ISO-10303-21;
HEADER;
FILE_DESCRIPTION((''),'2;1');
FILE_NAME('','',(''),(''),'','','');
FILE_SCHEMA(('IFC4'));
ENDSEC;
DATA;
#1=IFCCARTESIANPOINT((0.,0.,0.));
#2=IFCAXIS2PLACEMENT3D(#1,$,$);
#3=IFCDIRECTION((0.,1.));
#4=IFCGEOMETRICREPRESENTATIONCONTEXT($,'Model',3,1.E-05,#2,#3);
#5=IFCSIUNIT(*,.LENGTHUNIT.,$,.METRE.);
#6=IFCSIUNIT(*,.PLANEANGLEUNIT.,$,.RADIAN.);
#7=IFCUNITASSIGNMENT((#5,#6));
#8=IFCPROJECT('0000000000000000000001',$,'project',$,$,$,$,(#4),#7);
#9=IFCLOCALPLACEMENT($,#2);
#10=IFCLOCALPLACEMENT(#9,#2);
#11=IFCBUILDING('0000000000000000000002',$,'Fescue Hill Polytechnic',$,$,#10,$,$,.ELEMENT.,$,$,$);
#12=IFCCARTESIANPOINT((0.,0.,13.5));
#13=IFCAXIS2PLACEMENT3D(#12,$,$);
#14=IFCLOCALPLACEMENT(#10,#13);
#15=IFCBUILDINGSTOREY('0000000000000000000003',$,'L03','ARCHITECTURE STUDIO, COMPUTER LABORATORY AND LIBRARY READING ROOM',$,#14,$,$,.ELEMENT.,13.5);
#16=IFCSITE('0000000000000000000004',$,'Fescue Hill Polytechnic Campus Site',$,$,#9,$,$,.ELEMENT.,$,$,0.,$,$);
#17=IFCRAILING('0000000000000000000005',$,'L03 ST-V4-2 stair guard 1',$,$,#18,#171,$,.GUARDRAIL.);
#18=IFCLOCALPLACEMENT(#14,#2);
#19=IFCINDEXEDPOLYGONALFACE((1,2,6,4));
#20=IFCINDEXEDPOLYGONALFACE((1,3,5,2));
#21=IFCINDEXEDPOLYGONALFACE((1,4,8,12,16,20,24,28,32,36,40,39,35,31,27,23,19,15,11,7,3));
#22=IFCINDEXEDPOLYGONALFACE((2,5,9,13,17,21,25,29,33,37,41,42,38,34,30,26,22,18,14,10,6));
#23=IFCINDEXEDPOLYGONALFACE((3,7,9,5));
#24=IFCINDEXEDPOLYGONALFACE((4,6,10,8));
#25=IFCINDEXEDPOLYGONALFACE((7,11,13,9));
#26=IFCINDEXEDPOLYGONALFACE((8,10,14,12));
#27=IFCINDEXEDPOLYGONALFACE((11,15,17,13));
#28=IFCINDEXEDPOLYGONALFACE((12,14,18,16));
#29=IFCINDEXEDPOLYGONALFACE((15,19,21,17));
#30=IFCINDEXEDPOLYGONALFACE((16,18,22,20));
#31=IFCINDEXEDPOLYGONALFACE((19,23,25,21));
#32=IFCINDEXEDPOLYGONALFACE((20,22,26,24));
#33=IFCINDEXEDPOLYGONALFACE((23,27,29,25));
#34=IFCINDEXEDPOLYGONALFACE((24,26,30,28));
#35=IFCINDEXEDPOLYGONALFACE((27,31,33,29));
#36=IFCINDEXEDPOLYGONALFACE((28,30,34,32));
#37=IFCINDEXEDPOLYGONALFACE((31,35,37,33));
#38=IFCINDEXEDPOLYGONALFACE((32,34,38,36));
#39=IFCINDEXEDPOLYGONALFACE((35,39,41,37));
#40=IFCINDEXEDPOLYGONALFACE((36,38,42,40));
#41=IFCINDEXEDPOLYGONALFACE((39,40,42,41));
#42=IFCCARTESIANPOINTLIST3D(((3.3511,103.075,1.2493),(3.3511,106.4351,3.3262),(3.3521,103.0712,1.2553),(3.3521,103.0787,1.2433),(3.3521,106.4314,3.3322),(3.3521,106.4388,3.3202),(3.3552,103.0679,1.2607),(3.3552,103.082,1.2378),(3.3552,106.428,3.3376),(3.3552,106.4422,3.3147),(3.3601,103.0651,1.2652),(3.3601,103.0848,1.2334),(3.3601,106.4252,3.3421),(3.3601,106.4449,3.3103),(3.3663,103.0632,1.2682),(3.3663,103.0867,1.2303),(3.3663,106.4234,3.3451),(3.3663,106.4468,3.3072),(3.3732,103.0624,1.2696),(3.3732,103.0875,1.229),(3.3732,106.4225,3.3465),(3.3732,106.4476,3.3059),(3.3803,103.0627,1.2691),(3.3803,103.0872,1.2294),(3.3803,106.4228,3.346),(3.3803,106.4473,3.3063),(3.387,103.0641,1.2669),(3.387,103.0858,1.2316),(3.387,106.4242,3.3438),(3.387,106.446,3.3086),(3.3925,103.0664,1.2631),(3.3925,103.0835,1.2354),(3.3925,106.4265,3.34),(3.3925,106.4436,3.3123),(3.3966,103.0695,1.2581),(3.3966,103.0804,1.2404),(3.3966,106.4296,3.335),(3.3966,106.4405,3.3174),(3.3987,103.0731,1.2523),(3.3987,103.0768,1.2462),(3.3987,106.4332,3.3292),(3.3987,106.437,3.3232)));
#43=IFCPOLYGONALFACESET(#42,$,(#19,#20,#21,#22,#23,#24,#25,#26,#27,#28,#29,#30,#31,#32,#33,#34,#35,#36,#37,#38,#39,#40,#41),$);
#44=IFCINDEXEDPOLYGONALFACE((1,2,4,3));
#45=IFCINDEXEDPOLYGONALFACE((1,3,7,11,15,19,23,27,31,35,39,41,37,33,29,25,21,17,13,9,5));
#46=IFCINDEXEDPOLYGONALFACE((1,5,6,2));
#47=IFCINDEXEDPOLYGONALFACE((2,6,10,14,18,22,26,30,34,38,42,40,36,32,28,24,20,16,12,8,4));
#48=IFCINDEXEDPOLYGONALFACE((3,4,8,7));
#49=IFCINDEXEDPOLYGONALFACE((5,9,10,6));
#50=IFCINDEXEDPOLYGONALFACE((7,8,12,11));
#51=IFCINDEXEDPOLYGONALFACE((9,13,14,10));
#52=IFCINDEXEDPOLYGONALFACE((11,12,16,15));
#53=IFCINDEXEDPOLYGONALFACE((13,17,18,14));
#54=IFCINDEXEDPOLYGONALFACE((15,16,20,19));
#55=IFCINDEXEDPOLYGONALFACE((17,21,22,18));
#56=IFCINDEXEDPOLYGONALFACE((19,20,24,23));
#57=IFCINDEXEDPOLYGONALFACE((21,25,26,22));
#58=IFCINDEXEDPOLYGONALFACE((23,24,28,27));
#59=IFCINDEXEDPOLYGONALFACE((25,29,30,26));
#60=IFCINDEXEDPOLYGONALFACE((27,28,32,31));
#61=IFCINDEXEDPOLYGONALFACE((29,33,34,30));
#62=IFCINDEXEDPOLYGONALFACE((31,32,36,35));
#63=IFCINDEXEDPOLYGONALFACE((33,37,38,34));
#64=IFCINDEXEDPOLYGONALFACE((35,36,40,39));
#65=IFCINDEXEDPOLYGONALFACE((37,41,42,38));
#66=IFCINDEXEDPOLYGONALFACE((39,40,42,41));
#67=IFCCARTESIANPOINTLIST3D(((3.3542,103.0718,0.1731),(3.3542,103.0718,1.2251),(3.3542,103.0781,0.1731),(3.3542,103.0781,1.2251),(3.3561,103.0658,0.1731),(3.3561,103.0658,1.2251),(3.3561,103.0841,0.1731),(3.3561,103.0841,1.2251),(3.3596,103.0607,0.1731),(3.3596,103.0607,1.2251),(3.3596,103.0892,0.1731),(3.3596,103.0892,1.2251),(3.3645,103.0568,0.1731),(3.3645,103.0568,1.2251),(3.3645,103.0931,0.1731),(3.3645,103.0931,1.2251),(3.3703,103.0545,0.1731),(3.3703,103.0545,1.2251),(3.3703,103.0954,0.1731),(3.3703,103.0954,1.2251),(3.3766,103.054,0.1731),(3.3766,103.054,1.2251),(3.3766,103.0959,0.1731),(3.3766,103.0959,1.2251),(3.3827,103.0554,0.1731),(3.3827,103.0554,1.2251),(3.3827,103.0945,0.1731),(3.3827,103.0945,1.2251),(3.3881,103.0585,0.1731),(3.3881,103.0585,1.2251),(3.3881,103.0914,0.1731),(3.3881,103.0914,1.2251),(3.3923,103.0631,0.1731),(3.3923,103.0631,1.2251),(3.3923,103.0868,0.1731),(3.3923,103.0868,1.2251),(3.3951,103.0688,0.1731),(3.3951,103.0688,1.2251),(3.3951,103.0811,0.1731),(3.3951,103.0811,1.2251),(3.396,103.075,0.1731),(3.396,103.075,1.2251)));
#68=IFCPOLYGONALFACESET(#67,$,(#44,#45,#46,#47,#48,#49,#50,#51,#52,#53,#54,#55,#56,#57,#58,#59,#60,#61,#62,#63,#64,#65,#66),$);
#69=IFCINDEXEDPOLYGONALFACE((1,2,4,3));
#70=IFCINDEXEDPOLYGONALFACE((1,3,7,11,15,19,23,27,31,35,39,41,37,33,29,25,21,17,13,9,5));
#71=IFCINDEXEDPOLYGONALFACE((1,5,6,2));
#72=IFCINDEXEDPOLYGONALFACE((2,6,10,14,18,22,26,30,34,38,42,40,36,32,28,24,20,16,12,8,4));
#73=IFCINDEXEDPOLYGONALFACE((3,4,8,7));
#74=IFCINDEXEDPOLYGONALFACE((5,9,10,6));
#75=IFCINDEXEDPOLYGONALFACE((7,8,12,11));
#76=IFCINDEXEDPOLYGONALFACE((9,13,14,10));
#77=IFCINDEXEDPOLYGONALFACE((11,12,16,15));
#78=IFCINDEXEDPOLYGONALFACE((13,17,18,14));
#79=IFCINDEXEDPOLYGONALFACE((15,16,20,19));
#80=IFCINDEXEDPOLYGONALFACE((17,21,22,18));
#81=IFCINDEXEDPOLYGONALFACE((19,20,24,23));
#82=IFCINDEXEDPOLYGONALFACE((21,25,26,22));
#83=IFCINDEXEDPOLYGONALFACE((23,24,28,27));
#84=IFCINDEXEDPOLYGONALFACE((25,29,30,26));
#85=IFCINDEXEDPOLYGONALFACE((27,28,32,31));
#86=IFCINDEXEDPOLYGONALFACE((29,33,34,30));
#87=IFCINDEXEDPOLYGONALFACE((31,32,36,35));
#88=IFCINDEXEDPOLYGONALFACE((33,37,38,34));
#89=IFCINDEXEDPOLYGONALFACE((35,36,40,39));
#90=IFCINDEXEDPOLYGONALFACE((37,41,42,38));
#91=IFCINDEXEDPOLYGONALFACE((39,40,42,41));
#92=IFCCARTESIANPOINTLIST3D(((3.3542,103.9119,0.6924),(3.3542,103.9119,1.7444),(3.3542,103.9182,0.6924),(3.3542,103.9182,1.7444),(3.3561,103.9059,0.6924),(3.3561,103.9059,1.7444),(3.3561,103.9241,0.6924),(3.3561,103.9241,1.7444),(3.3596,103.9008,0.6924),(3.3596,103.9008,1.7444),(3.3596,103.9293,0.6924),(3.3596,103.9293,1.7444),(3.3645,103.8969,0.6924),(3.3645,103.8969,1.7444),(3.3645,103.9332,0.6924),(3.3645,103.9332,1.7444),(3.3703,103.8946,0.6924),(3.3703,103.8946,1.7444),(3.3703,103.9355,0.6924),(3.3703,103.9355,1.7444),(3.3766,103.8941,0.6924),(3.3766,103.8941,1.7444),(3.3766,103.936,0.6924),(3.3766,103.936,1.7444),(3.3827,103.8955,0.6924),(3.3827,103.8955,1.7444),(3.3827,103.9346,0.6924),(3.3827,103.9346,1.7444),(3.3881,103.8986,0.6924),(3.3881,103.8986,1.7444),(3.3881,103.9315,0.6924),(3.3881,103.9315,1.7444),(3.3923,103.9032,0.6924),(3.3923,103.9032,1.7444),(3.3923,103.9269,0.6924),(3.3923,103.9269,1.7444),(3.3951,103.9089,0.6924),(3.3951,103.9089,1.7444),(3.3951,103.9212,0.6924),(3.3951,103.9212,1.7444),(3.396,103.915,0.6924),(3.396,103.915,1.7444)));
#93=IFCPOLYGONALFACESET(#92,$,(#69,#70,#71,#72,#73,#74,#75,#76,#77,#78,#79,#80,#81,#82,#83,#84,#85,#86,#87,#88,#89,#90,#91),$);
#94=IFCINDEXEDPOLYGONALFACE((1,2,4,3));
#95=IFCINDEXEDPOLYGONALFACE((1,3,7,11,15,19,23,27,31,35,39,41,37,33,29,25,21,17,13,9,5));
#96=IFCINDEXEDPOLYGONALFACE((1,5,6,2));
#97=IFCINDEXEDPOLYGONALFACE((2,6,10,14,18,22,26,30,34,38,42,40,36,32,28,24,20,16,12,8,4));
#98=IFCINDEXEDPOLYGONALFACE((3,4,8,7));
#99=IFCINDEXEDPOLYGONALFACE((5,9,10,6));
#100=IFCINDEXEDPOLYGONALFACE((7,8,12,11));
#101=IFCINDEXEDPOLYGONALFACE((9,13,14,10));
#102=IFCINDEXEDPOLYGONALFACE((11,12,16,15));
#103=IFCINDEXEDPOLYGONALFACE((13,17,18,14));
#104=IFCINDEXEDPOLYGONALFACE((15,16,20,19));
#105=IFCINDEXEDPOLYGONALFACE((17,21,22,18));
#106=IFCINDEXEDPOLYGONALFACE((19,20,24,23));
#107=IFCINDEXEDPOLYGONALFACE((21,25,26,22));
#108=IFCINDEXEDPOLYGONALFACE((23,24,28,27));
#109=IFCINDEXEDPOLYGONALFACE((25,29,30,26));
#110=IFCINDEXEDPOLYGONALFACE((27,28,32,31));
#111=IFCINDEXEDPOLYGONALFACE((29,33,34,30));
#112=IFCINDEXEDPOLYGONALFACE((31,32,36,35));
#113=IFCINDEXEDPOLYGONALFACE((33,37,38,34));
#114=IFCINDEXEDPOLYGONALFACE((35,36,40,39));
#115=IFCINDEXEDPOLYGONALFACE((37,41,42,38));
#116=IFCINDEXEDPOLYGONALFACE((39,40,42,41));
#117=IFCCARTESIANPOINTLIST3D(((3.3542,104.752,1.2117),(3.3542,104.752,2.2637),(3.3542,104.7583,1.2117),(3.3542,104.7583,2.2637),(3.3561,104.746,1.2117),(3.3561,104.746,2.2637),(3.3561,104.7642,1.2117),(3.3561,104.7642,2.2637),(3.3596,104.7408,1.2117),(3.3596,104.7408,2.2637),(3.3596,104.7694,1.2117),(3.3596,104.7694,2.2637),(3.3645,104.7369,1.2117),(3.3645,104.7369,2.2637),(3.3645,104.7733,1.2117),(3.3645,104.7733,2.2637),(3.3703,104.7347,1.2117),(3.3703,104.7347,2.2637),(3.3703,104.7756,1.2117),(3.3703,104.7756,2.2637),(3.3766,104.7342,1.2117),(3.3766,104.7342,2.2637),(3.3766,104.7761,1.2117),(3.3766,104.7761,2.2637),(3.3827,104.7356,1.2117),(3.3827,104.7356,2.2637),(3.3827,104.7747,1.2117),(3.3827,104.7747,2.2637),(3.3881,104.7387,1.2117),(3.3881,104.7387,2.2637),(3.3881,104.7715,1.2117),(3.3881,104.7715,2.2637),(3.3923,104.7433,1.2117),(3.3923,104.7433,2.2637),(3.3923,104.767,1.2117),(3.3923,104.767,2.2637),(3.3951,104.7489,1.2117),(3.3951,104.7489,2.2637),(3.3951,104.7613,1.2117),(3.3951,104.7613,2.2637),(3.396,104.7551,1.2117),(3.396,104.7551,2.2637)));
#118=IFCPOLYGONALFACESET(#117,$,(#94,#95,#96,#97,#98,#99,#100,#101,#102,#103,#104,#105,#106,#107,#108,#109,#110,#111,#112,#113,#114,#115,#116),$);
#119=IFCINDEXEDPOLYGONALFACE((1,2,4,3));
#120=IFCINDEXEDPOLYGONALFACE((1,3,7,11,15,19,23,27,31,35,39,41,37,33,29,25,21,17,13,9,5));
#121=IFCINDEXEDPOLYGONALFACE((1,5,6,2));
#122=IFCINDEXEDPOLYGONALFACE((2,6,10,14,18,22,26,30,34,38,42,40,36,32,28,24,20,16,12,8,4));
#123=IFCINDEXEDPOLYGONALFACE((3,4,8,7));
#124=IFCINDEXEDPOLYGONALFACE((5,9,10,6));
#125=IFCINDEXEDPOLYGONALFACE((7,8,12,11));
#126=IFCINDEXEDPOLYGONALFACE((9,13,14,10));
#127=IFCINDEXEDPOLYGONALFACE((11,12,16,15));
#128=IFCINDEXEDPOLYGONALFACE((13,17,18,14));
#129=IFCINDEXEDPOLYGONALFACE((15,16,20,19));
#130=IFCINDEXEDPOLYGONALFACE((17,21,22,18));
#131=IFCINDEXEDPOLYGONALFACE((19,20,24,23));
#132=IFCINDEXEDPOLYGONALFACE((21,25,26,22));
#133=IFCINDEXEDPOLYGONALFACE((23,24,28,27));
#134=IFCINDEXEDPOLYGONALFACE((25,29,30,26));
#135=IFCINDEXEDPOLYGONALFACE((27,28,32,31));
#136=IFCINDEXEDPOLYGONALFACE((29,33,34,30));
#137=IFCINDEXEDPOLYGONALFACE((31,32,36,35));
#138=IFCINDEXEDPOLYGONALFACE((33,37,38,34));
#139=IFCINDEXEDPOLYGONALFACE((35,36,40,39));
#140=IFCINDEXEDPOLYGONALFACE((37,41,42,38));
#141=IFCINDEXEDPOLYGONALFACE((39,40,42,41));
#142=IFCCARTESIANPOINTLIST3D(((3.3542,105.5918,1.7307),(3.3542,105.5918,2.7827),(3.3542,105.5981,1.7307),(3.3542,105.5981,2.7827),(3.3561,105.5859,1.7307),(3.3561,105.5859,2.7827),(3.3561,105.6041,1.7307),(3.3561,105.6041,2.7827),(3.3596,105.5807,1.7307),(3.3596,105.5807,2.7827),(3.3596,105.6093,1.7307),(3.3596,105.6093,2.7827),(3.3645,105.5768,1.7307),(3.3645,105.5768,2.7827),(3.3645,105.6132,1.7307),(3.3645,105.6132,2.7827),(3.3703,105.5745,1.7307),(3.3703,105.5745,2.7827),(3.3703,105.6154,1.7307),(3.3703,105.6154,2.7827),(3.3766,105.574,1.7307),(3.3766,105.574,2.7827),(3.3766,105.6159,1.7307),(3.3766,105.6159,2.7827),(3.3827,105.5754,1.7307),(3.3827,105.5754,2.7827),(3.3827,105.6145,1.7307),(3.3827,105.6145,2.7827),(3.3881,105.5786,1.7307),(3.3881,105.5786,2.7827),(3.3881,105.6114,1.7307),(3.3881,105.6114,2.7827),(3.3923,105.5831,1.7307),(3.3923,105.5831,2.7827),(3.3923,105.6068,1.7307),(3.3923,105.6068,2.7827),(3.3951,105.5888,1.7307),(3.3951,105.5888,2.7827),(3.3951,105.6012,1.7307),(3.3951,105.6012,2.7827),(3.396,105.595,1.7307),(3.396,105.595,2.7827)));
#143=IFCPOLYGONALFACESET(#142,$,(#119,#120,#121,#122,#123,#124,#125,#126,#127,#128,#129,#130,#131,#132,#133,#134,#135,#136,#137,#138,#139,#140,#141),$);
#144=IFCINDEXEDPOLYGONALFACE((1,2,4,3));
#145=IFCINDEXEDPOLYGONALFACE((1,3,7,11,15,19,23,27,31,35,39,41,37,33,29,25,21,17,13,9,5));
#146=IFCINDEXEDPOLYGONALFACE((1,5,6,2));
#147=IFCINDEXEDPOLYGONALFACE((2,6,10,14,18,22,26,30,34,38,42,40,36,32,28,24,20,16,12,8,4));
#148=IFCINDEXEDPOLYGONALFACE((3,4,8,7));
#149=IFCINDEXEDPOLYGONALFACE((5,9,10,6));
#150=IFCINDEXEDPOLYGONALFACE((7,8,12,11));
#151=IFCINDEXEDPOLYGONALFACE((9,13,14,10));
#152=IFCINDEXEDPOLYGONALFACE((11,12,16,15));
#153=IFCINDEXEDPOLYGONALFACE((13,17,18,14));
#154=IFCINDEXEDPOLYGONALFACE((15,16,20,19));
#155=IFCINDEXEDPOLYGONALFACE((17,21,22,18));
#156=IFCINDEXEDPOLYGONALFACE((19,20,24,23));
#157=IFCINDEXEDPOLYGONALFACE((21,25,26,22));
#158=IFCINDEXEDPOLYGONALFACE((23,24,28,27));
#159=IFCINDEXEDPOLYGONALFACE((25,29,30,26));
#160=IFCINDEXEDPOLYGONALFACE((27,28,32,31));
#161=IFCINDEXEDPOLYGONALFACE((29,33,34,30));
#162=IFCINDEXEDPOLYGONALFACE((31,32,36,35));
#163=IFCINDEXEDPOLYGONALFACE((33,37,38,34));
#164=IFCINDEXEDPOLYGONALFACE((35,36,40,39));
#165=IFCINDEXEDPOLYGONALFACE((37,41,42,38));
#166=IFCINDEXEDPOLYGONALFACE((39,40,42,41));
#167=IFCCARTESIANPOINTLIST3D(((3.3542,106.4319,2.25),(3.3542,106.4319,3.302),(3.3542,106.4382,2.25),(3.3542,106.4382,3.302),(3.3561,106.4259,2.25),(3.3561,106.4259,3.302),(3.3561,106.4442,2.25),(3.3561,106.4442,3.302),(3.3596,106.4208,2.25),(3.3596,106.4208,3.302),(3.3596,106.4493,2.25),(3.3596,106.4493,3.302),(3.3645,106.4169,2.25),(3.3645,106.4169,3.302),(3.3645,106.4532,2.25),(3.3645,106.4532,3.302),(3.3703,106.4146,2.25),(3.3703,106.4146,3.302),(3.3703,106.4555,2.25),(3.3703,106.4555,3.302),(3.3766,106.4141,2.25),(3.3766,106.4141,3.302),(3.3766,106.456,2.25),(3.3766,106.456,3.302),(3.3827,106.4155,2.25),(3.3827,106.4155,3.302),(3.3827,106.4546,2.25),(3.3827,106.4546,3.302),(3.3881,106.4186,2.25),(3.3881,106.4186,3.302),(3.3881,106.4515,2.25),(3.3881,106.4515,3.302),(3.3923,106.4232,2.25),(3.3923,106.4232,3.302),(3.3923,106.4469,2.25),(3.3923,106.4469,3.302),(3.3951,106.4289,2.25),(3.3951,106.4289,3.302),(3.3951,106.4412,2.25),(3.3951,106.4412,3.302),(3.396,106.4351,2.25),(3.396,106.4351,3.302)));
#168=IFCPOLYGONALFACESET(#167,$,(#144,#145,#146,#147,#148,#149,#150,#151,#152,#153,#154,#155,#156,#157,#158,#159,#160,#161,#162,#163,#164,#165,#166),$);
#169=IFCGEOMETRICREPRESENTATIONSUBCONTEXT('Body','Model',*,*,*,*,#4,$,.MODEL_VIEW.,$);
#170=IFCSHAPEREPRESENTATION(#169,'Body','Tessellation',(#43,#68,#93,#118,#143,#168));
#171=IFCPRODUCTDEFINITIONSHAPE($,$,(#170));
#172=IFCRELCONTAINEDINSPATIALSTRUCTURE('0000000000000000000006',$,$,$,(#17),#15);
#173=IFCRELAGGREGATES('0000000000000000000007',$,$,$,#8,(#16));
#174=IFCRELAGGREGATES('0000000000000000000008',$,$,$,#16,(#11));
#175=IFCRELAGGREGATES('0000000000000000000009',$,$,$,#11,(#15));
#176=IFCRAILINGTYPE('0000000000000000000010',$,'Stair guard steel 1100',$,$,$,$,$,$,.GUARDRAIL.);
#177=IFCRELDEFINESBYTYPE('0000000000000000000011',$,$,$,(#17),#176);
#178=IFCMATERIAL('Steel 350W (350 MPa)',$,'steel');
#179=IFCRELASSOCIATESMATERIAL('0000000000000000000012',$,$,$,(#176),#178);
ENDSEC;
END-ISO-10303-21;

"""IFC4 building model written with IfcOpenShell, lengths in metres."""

from ifc_helpers import new_model, si_unit, direction, frame, origin, origin_2d, place, context, subcontext, project, spatial, circle, extrude, material, type_object, element, save


model = new_model("IFC4")

# Units and contexts
model_context = context("Model", 3, precision=1e-05, world=origin(), true_north=direction((0.0, 1.0)))
body_context = subcontext(model_context, "Body", "Model", "MODEL_VIEW")
ifc_project = project(units=[si_unit("LENGTHUNIT", "METRE"), si_unit("PLANEANGLEUNIT", "RADIAN")], contexts=[model_context])

# Site, building, storey
site_placement = place(None, origin())
site = spatial("IfcSite", under=ifc_project, at=site_placement, Name="Fescue Hill Polytechnic Campus Site", CompositionType="ELEMENT", RefElevation=0.0)
building_placement = place(site_placement, origin())
building = spatial("IfcBuilding", under=site, at=building_placement, Name="Fescue Hill Polytechnic", CompositionType="ELEMENT")
storey_placement = place(building_placement, frame((0.0, 0.0, 13.5)))
storey = spatial("IfcBuildingStorey", under=building, at=storey_placement, Name="L03", Description="ARCHITECTURE STUDIO, COMPUTER LABORATORY AND LIBRARY READING ROOM", CompositionType="ELEMENT", Elevation=13.5)

# Railing
ifc_material_1 = material(Name="Steel 350W (350 MPa)", Category="steel")
railing_type_1 = type_object("IfcRailingType", Name="Stair guard steel 1100", PredefinedType="GUARDRAIL", material=ifc_material_1)
railing_1_placement = place(storey_placement, frame((3.375, 103.075, 0.1731)))
element("IfcRailing", 1, at=railing_1_placement, inside=storey, type_object=railing_type_1, Name="L03 ST-V4-2 stair guard 1", PredefinedType="GUARDRAIL", context=body_context, shape_type="SweptSolid", body=[
    extrude(circle(Radius=0.0239, at=origin_2d()), frame((0.0, 0.0, 1.0762), z_axis=(0.0, 0.850623, 0.525776), x_axis=(-1.0, 0.0, 0.0)), (0.0, 0.0, 1.0), 3.9502),
    extrude(circle(Radius=0.021, at=origin_2d()), origin(), (0.0, 0.0, 1.0), 1.052),
    extrude(circle(Radius=0.021, at=origin_2d()), frame((0.0, 0.8401, 0.5193)), (0.0, 0.0, 1.0), 1.052),
    extrude(circle(Radius=0.021, at=origin_2d()), frame((0.0, 1.6802, 1.0386)), (0.0, 0.0, 1.0), 1.052),
    extrude(circle(Radius=0.021, at=origin_2d()), frame((0.0, 2.52, 1.5576)), (0.0, 0.0, 1.0), 1.052),
    extrude(circle(Radius=0.021, at=origin_2d()), frame((0.0, 3.3601, 2.0769)), (0.0, 0.0, 1.0), 1.052),
])

save(model, "model.ifc")
